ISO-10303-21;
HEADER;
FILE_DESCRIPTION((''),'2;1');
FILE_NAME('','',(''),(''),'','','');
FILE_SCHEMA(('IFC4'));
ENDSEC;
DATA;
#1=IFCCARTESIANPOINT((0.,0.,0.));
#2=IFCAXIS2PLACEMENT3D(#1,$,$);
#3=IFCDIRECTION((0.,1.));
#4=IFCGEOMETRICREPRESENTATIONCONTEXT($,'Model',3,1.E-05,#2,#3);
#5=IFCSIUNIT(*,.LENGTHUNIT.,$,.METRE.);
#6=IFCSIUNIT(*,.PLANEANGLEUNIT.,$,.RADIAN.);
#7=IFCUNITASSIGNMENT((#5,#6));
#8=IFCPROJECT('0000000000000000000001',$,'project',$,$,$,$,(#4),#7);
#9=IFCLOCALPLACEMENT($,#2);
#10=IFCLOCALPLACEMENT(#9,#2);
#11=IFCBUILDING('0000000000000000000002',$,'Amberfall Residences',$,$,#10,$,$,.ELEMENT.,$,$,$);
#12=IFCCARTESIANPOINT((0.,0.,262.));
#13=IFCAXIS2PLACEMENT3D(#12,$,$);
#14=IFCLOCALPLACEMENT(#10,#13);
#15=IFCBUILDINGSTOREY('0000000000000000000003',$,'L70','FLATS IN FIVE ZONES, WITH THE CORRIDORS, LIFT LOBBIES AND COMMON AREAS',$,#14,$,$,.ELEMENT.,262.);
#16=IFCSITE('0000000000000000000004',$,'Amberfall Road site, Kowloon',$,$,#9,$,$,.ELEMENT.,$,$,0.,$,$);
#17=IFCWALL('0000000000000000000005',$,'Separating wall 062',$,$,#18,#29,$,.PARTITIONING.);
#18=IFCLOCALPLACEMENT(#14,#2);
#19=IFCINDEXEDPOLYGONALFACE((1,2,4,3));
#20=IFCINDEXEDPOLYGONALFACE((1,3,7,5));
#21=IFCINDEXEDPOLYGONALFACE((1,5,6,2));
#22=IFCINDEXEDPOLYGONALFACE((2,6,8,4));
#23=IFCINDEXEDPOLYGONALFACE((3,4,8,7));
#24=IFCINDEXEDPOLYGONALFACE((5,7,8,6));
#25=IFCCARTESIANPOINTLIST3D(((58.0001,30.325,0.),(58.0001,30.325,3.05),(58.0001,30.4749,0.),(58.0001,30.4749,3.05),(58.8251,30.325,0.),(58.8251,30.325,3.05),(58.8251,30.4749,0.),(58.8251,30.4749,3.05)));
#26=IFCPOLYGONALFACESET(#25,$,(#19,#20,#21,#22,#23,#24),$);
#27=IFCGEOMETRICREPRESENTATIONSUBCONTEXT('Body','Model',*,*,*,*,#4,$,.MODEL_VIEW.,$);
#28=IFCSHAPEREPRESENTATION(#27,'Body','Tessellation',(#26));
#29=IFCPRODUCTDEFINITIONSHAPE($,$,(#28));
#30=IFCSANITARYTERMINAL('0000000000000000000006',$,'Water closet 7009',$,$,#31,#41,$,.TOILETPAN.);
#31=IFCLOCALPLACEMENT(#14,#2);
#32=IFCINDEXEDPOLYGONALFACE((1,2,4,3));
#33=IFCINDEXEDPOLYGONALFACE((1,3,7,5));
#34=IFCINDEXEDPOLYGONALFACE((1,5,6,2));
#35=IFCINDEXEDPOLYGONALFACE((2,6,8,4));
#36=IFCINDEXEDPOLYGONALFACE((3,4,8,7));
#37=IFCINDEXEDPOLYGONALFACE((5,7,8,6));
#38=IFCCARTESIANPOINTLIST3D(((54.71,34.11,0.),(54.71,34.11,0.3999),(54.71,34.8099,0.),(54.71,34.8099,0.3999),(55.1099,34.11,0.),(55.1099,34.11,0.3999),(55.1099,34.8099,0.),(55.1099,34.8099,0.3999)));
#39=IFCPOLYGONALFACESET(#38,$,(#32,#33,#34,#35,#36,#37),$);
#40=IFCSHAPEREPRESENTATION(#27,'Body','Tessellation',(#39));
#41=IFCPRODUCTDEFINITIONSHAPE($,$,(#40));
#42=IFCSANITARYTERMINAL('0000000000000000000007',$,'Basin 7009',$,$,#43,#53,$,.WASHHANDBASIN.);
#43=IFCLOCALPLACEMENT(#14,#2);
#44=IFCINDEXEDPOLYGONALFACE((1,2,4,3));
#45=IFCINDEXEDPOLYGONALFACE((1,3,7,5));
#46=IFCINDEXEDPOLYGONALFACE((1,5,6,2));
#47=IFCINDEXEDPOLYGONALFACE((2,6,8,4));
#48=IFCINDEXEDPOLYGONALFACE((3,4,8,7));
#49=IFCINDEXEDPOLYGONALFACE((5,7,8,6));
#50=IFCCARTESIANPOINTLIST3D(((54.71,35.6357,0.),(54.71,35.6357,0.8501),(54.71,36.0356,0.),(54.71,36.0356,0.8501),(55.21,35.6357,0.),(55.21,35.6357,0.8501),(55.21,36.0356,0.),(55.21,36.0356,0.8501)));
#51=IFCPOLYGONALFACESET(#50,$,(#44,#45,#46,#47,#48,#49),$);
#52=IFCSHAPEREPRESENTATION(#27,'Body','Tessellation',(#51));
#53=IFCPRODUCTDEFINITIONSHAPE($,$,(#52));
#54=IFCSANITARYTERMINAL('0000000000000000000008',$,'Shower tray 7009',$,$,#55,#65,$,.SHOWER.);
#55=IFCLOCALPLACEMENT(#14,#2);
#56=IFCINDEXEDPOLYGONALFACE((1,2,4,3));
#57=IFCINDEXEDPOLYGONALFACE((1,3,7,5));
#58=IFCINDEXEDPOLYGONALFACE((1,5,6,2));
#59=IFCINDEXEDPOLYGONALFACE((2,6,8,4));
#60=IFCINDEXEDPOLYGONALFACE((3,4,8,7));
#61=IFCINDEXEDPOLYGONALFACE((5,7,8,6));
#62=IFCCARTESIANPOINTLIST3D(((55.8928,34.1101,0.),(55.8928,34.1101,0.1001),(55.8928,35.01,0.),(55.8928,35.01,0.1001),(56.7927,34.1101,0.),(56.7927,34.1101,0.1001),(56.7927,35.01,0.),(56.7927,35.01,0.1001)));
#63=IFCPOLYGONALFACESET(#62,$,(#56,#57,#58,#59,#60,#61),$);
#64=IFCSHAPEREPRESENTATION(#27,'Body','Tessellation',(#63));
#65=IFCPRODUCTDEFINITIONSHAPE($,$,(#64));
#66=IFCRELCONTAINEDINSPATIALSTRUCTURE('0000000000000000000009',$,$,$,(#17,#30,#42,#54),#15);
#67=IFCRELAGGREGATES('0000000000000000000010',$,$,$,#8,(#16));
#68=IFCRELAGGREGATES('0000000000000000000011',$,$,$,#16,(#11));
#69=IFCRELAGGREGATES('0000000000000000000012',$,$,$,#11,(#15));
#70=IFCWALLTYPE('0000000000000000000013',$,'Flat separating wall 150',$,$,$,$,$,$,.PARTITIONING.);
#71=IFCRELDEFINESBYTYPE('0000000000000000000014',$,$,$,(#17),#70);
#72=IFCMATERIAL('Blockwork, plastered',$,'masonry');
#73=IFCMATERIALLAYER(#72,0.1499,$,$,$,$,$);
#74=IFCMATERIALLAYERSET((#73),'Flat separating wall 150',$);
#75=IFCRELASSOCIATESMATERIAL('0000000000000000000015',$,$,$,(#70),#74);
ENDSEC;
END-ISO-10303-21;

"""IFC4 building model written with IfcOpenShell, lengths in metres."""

from ifc_helpers import new_model, si_unit, direction, frame, frame_2d, origin, origin_2d, place, context, subcontext, project, spatial, rectangle, extrude, material, layer, layer_set, type_object, element, save


model = new_model("IFC4")

# Units and contexts
model_context = context("Model", 3, precision=1e-05, world=origin(), true_north=direction((0.0, 1.0)))
body_context = subcontext(model_context, "Body", "Model", "MODEL_VIEW")
ifc_project = project(units=[si_unit("LENGTHUNIT", "METRE"), si_unit("PLANEANGLEUNIT", "RADIAN")], contexts=[model_context])

# Site, building, storey
site_placement = place(None, origin())
site = spatial("IfcSite", under=ifc_project, at=site_placement, Name="Amberfall Road site, Kowloon", CompositionType="ELEMENT", RefElevation=0.0)
building_placement = place(site_placement, origin())
building = spatial("IfcBuilding", under=site, at=building_placement, Name="Amberfall Residences", CompositionType="ELEMENT")
storey_placement = place(building_placement, frame((0.0, 0.0, 262.0)))
storey = spatial("IfcBuildingStorey", under=building, at=storey_placement, Name="L70", Description="FLATS IN FIVE ZONES, WITH THE CORRIDORS, LIFT LOBBIES AND COMMON AREAS", CompositionType="ELEMENT", Elevation=262.0)

# Wall
ifc_material_1 = material(Name="Blockwork, plastered", Category="masonry")
ifc_layer_1 = layer(ifc_material_1, 0.1499)
ifc_layer_set_1 = layer_set([ifc_layer_1], Name="Flat separating wall 150")
wall_type_1 = type_object("IfcWallType", Name="Flat separating wall 150", PredefinedType="PARTITIONING", material=ifc_layer_set_1)
wall_1_placement = place(storey_placement, frame((58.0, 30.3999, 0.0), z_axis=(0.0, 0.0, 1.0), x_axis=(1.0, 0.0, 0.0)))
element("IfcWall", 1, at=wall_1_placement, inside=storey, type_object=wall_type_1, Name="Separating wall 062", PredefinedType="PARTITIONING", context=body_context, shape_type="SweptSolid", body=[
    extrude(rectangle(XDim=0.825, YDim=0.1499, at=frame_2d((0.4126, 0.0))), origin(), (0.0, 0.0, 1.0), 3.05),
])

# Sanitary terminals
sanitary_terminal_1_placement = place(storey_placement, frame((54.9099, 34.46, 0.0), z_axis=(0.0, 0.0, 1.0), x_axis=(1.0, 0.0, 0.0)))
element("IfcSanitaryTerminal", 2, at=sanitary_terminal_1_placement, inside=storey, Name="Water closet 7009", PredefinedType="TOILETPAN", context=body_context, shape_type="SweptSolid", body=[
    extrude(rectangle(XDim=0.3999, YDim=0.7, at=origin_2d()), origin(), (0.0, 0.0, 1.0), 0.3999),
])
sanitary_terminal_2_placement = place(storey_placement, frame((54.96, 35.8357, 0.0), z_axis=(0.0, 0.0, 1.0), x_axis=(1.0, 0.0, 0.0)))
element("IfcSanitaryTerminal", 3, at=sanitary_terminal_2_placement, inside=storey, Name="Basin 7009", PredefinedType="WASHHANDBASIN", context=body_context, shape_type="SweptSolid", body=[
    extrude(rectangle(XDim=0.5, YDim=0.3999, at=origin_2d()), origin(), (0.0, 0.0, 1.0), 0.8501),
])
sanitary_terminal_3_placement = place(storey_placement, frame((56.3428, 34.5601, 0.0), z_axis=(0.0, 0.0, 1.0), x_axis=(1.0, 0.0, 0.0)))
element("IfcSanitaryTerminal", 4, at=sanitary_terminal_3_placement, inside=storey, Name="Shower tray 7009", PredefinedType="SHOWER", context=body_context, shape_type="SweptSolid", body=[
    extrude(rectangle(XDim=0.8999, YDim=0.8999, at=origin_2d()), origin(), (0.0, 0.0, 1.0), 0.1001),
])

save(model, "model.ifc")
